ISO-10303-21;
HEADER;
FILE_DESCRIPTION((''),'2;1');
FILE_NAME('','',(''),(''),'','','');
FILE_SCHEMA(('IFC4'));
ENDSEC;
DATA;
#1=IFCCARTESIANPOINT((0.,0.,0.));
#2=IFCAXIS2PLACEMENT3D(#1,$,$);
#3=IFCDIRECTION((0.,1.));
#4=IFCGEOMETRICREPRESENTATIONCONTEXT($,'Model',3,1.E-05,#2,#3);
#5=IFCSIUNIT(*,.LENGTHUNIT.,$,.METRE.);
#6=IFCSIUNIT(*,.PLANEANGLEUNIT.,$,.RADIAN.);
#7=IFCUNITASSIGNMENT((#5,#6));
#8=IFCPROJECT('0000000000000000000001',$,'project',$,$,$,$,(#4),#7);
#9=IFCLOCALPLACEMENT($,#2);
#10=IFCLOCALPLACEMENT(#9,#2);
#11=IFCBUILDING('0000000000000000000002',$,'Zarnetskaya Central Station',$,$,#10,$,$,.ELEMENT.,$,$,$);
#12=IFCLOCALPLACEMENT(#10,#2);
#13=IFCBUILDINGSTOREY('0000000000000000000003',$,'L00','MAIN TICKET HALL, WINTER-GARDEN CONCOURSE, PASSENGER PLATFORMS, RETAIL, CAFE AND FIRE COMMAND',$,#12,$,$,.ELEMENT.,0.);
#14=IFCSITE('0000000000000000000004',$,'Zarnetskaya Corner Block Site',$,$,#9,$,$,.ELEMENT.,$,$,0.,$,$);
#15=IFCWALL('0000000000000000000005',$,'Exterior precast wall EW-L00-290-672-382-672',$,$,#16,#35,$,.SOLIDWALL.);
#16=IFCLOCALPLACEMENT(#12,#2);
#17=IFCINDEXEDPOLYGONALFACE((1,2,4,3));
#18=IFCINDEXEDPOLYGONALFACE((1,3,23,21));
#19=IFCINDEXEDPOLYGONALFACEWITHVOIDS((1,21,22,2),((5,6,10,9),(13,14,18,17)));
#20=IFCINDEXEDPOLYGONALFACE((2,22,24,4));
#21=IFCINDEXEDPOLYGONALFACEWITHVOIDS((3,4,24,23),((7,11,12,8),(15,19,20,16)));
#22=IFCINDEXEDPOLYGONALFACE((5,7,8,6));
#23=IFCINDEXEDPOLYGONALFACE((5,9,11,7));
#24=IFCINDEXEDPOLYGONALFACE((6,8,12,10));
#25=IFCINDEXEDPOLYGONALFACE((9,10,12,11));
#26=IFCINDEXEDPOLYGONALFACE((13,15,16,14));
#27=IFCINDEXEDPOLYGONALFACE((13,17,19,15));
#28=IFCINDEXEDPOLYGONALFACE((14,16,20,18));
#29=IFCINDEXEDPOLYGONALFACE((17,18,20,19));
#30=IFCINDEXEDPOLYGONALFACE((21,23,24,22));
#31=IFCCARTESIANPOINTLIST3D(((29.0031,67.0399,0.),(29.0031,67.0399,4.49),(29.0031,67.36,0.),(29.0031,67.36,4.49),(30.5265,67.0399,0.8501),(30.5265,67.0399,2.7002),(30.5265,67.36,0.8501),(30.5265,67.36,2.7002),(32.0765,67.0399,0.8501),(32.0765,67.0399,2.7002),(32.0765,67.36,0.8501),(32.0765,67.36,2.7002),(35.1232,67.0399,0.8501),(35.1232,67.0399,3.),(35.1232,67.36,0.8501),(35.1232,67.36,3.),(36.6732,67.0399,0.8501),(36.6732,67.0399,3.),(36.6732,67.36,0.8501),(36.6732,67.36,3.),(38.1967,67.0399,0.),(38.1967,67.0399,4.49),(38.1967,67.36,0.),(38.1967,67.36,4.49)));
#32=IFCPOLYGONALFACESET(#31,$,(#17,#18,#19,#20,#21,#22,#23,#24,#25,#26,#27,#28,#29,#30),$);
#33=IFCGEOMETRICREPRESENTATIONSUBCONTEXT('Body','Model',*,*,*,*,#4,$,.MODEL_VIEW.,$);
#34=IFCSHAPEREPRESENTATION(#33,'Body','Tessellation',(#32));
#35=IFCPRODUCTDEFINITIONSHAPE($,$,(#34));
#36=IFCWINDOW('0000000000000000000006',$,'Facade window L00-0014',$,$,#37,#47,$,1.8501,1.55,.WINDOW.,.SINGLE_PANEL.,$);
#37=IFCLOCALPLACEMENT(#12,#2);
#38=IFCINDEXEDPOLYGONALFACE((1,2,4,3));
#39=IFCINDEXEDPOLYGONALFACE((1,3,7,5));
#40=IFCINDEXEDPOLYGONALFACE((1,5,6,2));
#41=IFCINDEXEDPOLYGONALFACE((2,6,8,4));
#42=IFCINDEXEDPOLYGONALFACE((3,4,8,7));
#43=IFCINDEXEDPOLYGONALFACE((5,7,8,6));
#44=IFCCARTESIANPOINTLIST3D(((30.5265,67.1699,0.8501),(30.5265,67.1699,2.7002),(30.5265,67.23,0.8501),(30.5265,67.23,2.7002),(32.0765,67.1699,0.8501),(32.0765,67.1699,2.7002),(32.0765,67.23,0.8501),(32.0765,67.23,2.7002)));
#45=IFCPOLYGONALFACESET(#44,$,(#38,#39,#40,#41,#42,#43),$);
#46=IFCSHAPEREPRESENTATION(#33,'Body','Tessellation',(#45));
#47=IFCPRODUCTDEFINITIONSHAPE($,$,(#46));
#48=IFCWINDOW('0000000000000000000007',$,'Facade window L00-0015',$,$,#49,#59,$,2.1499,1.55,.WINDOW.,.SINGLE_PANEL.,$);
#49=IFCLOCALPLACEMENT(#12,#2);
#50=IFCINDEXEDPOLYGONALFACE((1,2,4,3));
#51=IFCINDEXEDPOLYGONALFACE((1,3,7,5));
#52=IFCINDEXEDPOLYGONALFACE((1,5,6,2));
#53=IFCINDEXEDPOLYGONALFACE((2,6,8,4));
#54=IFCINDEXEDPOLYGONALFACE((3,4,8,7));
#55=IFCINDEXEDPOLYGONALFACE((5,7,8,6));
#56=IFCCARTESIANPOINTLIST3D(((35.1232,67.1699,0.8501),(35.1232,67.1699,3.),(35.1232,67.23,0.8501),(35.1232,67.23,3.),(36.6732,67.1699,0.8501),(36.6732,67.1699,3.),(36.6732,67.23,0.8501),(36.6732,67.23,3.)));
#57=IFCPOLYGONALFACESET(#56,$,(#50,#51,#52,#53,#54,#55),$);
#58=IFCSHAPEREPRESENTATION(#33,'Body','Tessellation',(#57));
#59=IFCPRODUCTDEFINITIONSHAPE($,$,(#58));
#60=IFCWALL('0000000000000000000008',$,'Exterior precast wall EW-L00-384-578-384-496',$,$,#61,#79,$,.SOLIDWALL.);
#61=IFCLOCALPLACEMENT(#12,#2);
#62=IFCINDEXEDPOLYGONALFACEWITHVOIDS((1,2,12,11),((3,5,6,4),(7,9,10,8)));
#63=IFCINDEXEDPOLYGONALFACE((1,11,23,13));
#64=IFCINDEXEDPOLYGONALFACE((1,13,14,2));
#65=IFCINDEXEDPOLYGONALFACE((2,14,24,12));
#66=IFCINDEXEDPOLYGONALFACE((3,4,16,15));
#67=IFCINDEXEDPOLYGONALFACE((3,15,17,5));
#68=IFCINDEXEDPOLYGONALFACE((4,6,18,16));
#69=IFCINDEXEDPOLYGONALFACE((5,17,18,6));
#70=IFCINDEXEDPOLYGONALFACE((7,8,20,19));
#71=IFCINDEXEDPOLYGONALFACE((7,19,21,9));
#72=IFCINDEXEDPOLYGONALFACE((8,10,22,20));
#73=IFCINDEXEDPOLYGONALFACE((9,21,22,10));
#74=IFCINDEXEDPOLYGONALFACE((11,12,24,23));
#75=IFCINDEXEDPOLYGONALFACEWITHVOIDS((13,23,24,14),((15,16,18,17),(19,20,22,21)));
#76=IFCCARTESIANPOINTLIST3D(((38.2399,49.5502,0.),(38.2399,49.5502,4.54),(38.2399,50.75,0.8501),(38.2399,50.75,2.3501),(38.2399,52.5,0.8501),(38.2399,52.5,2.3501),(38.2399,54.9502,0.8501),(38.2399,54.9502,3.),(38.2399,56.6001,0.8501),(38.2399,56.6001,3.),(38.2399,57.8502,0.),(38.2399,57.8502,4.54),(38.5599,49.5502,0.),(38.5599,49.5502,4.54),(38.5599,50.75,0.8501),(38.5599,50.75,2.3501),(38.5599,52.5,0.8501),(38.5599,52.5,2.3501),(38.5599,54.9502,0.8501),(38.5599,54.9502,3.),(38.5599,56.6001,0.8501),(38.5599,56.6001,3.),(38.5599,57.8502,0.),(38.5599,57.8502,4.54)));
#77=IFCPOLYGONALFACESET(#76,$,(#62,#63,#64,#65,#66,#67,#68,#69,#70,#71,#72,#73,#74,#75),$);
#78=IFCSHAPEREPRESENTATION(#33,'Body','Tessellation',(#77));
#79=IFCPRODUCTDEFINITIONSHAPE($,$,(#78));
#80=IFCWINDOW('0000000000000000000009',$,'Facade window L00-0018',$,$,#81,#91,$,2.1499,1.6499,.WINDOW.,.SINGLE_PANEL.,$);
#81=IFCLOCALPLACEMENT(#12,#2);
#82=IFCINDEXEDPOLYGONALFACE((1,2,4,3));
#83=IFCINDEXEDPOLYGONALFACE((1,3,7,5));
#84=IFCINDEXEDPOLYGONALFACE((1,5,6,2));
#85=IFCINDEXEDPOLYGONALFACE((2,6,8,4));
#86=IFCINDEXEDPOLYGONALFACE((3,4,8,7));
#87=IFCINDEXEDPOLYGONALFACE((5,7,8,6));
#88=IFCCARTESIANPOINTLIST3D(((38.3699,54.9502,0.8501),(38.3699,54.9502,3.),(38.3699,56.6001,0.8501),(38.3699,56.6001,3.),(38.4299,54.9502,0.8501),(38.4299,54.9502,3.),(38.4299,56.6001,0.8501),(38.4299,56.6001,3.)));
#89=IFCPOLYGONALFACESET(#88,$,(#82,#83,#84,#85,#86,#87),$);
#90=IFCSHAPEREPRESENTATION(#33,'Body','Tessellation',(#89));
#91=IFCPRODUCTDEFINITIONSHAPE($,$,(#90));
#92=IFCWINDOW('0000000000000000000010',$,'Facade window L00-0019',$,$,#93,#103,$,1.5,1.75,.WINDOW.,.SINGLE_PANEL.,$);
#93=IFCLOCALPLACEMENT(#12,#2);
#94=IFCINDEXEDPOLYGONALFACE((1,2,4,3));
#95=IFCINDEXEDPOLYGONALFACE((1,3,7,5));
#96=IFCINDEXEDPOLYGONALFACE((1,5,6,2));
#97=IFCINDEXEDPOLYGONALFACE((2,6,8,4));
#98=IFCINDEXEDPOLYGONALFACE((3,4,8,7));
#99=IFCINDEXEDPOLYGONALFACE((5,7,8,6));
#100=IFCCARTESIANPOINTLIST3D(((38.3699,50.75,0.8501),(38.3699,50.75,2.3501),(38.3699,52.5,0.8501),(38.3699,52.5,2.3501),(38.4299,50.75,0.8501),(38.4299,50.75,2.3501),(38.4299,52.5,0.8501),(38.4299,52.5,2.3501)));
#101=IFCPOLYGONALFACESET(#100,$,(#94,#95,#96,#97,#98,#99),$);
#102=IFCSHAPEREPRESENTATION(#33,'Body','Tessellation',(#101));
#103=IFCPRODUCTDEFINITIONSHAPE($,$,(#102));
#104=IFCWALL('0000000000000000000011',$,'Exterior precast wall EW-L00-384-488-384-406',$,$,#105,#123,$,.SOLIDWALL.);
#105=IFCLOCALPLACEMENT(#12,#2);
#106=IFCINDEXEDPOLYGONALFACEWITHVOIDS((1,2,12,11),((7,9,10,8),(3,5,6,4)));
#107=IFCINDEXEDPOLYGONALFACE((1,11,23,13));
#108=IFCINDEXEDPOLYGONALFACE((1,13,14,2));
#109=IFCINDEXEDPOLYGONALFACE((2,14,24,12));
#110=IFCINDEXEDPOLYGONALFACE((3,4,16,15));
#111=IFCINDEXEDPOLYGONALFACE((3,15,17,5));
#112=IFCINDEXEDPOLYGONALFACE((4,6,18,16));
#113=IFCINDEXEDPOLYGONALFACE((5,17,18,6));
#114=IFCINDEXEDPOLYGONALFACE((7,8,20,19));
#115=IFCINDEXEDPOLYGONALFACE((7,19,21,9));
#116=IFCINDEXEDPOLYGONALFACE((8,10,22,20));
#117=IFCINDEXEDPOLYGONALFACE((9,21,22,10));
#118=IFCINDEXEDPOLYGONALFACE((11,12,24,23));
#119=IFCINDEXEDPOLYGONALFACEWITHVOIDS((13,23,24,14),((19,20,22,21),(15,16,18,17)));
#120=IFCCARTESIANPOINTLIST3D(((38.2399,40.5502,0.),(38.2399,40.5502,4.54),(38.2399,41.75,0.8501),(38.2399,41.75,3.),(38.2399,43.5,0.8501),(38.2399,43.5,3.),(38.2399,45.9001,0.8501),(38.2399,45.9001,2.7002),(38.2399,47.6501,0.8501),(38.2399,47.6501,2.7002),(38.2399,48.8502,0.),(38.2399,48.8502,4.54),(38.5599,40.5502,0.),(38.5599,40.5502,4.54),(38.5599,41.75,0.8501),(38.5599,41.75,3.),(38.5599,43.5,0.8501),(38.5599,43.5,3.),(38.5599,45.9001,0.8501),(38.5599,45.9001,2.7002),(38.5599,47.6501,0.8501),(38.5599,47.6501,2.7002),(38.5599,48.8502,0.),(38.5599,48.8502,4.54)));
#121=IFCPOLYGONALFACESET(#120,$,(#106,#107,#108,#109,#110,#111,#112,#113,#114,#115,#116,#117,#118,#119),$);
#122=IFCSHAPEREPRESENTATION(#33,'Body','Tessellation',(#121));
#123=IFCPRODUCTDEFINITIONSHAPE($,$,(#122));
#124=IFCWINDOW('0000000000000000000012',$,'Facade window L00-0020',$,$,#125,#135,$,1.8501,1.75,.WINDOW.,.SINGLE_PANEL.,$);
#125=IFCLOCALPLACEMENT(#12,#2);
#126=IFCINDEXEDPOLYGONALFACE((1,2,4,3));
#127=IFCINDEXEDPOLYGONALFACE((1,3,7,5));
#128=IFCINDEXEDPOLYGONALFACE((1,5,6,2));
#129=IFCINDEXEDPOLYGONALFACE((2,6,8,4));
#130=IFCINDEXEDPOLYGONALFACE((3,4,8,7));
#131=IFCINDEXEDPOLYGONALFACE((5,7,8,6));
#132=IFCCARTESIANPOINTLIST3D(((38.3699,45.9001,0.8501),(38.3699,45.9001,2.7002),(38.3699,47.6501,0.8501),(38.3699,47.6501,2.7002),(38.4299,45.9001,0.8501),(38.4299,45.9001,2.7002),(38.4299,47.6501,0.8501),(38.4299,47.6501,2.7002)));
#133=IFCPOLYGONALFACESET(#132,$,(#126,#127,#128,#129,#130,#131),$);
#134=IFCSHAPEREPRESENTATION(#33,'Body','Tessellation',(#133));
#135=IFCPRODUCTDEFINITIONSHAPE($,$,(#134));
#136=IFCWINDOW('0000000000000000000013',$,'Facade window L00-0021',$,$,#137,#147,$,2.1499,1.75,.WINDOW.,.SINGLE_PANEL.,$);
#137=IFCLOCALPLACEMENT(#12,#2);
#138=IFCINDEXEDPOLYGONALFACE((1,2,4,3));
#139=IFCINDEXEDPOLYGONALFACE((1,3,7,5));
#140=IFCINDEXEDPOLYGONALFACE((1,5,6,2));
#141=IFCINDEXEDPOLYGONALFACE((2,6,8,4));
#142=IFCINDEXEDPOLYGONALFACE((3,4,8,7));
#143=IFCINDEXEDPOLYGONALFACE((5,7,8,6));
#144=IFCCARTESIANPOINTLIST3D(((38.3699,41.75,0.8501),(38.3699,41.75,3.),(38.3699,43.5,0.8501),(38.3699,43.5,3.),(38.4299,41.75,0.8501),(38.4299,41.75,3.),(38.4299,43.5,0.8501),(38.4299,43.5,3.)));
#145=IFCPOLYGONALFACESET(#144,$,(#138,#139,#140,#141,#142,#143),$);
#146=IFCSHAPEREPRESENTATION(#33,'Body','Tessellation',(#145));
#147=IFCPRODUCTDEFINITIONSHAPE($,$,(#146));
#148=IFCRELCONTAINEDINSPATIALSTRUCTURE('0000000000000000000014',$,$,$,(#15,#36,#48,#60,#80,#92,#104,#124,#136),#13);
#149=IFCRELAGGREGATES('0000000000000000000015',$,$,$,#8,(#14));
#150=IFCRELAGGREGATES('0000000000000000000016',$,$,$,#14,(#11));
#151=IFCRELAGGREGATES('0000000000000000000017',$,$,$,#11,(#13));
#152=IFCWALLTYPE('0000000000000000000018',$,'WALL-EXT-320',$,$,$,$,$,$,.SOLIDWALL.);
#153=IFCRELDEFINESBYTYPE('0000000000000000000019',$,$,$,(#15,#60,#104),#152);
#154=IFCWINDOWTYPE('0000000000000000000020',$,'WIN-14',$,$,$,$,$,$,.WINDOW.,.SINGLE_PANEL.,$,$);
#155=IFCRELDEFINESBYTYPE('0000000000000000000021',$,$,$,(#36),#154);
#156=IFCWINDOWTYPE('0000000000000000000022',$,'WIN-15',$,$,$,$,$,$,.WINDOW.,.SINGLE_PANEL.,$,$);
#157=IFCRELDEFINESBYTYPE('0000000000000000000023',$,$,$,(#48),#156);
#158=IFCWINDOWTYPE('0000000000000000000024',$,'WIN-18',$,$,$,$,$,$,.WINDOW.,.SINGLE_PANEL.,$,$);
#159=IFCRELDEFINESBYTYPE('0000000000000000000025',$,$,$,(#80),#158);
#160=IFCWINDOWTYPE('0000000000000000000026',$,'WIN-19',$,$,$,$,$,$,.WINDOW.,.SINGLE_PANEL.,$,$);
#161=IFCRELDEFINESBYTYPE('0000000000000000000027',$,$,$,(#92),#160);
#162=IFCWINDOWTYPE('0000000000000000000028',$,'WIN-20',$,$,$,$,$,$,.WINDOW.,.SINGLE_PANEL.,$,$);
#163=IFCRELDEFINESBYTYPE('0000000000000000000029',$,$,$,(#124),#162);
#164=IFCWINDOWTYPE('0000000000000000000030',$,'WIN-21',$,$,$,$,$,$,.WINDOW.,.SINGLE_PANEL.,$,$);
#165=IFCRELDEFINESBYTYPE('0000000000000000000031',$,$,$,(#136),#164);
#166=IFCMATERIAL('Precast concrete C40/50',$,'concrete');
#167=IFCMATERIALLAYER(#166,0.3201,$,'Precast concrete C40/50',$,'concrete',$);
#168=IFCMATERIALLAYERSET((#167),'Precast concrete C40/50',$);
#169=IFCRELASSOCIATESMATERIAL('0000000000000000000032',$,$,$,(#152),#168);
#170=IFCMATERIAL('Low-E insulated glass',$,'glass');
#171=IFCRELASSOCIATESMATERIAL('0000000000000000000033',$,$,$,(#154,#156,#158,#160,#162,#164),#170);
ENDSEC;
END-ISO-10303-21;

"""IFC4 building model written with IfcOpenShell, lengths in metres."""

from ifc_helpers import new_model, si_unit, direction, frame, frame_2d, origin, place, context, subcontext, project, spatial, rectangle, extrude, material, layer, layer_set, type_object, element, fill, save


model = new_model("IFC4")

# Units and contexts
model_context = context("Model", 3, precision=1e-05, world=origin(), true_north=direction((0.0, 1.0)))
body_context = subcontext(model_context, "Body", "Model", "MODEL_VIEW")
ifc_project = project(units=[si_unit("LENGTHUNIT", "METRE"), si_unit("PLANEANGLEUNIT", "RADIAN")], contexts=[model_context])

# Site, building, storey
site_placement = place(None, origin())
site = spatial("IfcSite", under=ifc_project, at=site_placement, Name="Zarnetskaya Corner Block Site", CompositionType="ELEMENT", RefElevation=0.0)
building_placement = place(site_placement, origin())
building = spatial("IfcBuilding", under=site, at=building_placement, Name="Zarnetskaya Central Station", CompositionType="ELEMENT")
storey_placement = place(building_placement, origin())
storey = spatial("IfcBuildingStorey", under=building, at=storey_placement, Name="L00", Description="MAIN TICKET HALL, WINTER-GARDEN CONCOURSE, PASSENGER PLATFORMS, RETAIL, CAFE AND FIRE COMMAND", CompositionType="ELEMENT", Elevation=0.0)

# Walls, openings, windows
ifc_material_1 = material(Name="Precast concrete C40/50", Category="concrete")
ifc_layer = layer(ifc_material_1, 0.3201, Name="Precast concrete C40/50", Category="concrete")
ifc_layer_set = layer_set([ifc_layer], Name="Precast concrete C40/50")
wall_type = type_object("IfcWallType", Name="WALL-EXT-320", PredefinedType="SOLIDWALL", material=ifc_layer_set)
wall_1_placement = place(storey_placement, frame((29.0032, 67.2, 0.0), z_axis=(0.0, 0.0, 1.0), x_axis=(1.0, 0.0, 0.0)))
wall_1 = element("IfcWall", 1, at=wall_1_placement, inside=storey, type_object=wall_type, Name="Exterior precast wall EW-L00-290-672-382-672", PredefinedType="SOLIDWALL", context=body_context, shape_type="SweptSolid", body=[
    extrude(rectangle(XDim=9.1936, YDim=0.3201, at=frame_2d((4.5967, 0.0))), origin(), (0.0, 0.0, 1.0), 4.49),
])
opening_1_placement = place(wall_1_placement, frame((1.5234, 0.0, 0.8501)))
opening_1 = element("IfcOpeningElement", 2, at=opening_1_placement, cuts=wall_1, PredefinedType="OPENING", context=body_context, shape_type="SweptSolid", body=[
    extrude(rectangle(XDim=1.55, YDim=1.8501, at=frame_2d((0.7749, 0.925))), frame((0.0, 0.1699, 0.0), z_axis=(0.0, -1.0, 0.0), x_axis=(1.0, 0.0, 0.0)), (0.0, 0.0, 1.0), 0.3401),
])
opening_2_placement = place(wall_1_placement, frame((6.1201, 0.0, 0.8501)))
opening_2 = element("IfcOpeningElement", 3, at=opening_2_placement, cuts=wall_1, PredefinedType="OPENING", context=body_context, shape_type="SweptSolid", body=[
    extrude(rectangle(XDim=1.55, YDim=2.1499, at=frame_2d((0.7749, 1.075))), frame((0.0, 0.1699, 0.0), z_axis=(0.0, -1.0, 0.0), x_axis=(1.0, 0.0, 0.0)), (0.0, 0.0, 1.0), 0.3401),
])
ifc_material_2 = material(Name="Low-E insulated glass", Category="glass")
window_type_1 = type_object("IfcWindowType", Name="WIN-14", PartitioningType="SINGLE_PANEL", PredefinedType="WINDOW", material=ifc_material_2)
window_1_placement = place(opening_1_placement, origin())
window_1 = element("IfcWindow", 4, at=window_1_placement, inside=storey, type_object=window_type_1, Name="Facade window L00-0014", OverallHeight=1.8501, OverallWidth=1.55, PartitioningType="SINGLE_PANEL", PredefinedType="WINDOW", context=body_context, shape_type="SweptSolid", body=[
    extrude(rectangle(XDim=1.55, YDim=1.8501, at=frame_2d((0.7749, 0.925))), frame((0.0, 0.03, 0.0), z_axis=(0.0, -1.0, 0.0), x_axis=(1.0, 0.0, 0.0)), (0.0, 0.0, 1.0), 0.0601),
])
fill(opening_1, window_1)
window_type_2 = type_object("IfcWindowType", Name="WIN-15", PartitioningType="SINGLE_PANEL", PredefinedType="WINDOW", material=ifc_material_2)
window_2_placement = place(opening_2_placement, origin())
window_2 = element("IfcWindow", 5, at=window_2_placement, inside=storey, type_object=window_type_2, Name="Facade window L00-0015", OverallHeight=2.1499, OverallWidth=1.55, PartitioningType="SINGLE_PANEL", PredefinedType="WINDOW", context=body_context, shape_type="SweptSolid", body=[
    extrude(rectangle(XDim=1.55, YDim=2.1499, at=frame_2d((0.7749, 1.075))), frame((0.0, 0.03, 0.0), z_axis=(0.0, -1.0, 0.0), x_axis=(1.0, 0.0, 0.0)), (0.0, 0.0, 1.0), 0.0601),
])
fill(opening_2, window_2)
wall_2_placement = place(storey_placement, frame((38.3999, 57.8501, 0.0), z_axis=(0.0, 0.0, 1.0), x_axis=(0.0, -1.0, 0.0)))
wall_2 = element("IfcWall", 6, at=wall_2_placement, inside=storey, type_object=wall_type, Name="Exterior precast wall EW-L00-384-578-384-496", PredefinedType="SOLIDWALL", context=body_context, shape_type="SweptSolid", body=[
    extrude(rectangle(XDim=8.3, YDim=0.3201, at=frame_2d((4.1499, 0.0))), origin(), (0.0, 0.0, 1.0), 4.54),
])
opening_3_placement = place(wall_2_placement, frame((1.25, 0.0, 0.8501)))
opening_3 = element("IfcOpeningElement", 7, at=opening_3_placement, cuts=wall_2, PredefinedType="OPENING", context=body_context, shape_type="SweptSolid", body=[
    extrude(rectangle(XDim=1.6499, YDim=2.1499, at=frame_2d((0.825, 1.075))), frame((0.0, 0.1699, 0.0), z_axis=(0.0, -1.0, 0.0), x_axis=(1.0, 0.0, 0.0)), (0.0, 0.0, 1.0), 0.3401),
])
opening_4_placement = place(wall_2_placement, frame((5.3501, 0.0, 0.8501)))
opening_4 = element("IfcOpeningElement", 8, at=opening_4_placement, cuts=wall_2, PredefinedType="OPENING", context=body_context, shape_type="SweptSolid", body=[
    extrude(rectangle(XDim=1.75, YDim=1.5, at=frame_2d((0.875, 0.75))), frame((0.0, 0.1699, 0.0), z_axis=(0.0, -1.0, 0.0), x_axis=(1.0, 0.0, 0.0)), (0.0, 0.0, 1.0), 0.3401),
])
window_type_3 = type_object("IfcWindowType", Name="WIN-18", PartitioningType="SINGLE_PANEL", PredefinedType="WINDOW", material=ifc_material_2)
window_3_placement = place(opening_3_placement, origin())
window_3 = element("IfcWindow", 9, at=window_3_placement, inside=storey, type_object=window_type_3, Name="Facade window L00-0018", OverallHeight=2.1499, OverallWidth=1.6499, PartitioningType="SINGLE_PANEL", PredefinedType="WINDOW", context=body_context, shape_type="SweptSolid", body=[
    extrude(rectangle(XDim=1.6499, YDim=2.1499, at=frame_2d((0.825, 1.075))), frame((0.0, 0.03, 0.0), z_axis=(0.0, -1.0, 0.0), x_axis=(1.0, 0.0, 0.0)), (0.0, 0.0, 1.0), 0.0601),
])
fill(opening_3, window_3)
window_type_4 = type_object("IfcWindowType", Name="WIN-19", PartitioningType="SINGLE_PANEL", PredefinedType="WINDOW", material=ifc_material_2)
window_4_placement = place(opening_4_placement, origin())
window_4 = element("IfcWindow", 10, at=window_4_placement, inside=storey, type_object=window_type_4, Name="Facade window L00-0019", OverallHeight=1.5, OverallWidth=1.75, PartitioningType="SINGLE_PANEL", PredefinedType="WINDOW", context=body_context, shape_type="SweptSolid", body=[
    extrude(rectangle(XDim=1.75, YDim=1.5, at=frame_2d((0.875, 0.75))), frame((0.0, 0.03, 0.0), z_axis=(0.0, -1.0, 0.0), x_axis=(1.0, 0.0, 0.0)), (0.0, 0.0, 1.0), 0.0601),
])
fill(opening_4, window_4)
wall_3_placement = place(storey_placement, frame((38.3999, 48.8501, 0.0), z_axis=(0.0, 0.0, 1.0), x_axis=(0.0, -1.0, 0.0)))
wall_3 = element("IfcWall", 11, at=wall_3_placement, inside=storey, type_object=wall_type, Name="Exterior precast wall EW-L00-384-488-384-406", PredefinedType="SOLIDWALL", context=body_context, shape_type="SweptSolid", body=[
    extrude(rectangle(XDim=8.3, YDim=0.3201, at=frame_2d((4.1499, 0.0))), origin(), (0.0, 0.0, 1.0), 4.54),
])
opening_5_placement = place(wall_3_placement, frame((1.2, 0.0, 0.8501)))
opening_5 = element("IfcOpeningElement", 12, at=opening_5_placement, cuts=wall_3, PredefinedType="OPENING", context=body_context, shape_type="SweptSolid", body=[
    extrude(rectangle(XDim=1.75, YDim=1.8501, at=frame_2d((0.875, 0.925))), frame((0.0, 0.1699, 0.0), z_axis=(0.0, -1.0, 0.0), x_axis=(1.0, 0.0, 0.0)), (0.0, 0.0, 1.0), 0.3401),
])
opening_6_placement = place(wall_3_placement, frame((5.3501, 0.0, 0.8501)))
opening_6 = element("IfcOpeningElement", 13, at=opening_6_placement, cuts=wall_3, PredefinedType="OPENING", context=body_context, shape_type="SweptSolid", body=[
    extrude(rectangle(XDim=1.75, YDim=2.1499, at=frame_2d((0.875, 1.075))), frame((0.0, 0.1699, 0.0), z_axis=(0.0, -1.0, 0.0), x_axis=(1.0, 0.0, 0.0)), (0.0, 0.0, 1.0), 0.3401),
])
window_type_5 = type_object("IfcWindowType", Name="WIN-20", PartitioningType="SINGLE_PANEL", PredefinedType="WINDOW", material=ifc_material_2)
window_5_placement = place(opening_5_placement, origin())
window_5 = element("IfcWindow", 14, at=window_5_placement, inside=storey, type_object=window_type_5, Name="Facade window L00-0020", OverallHeight=1.8501, OverallWidth=1.75, PartitioningType="SINGLE_PANEL", PredefinedType="WINDOW", context=body_context, shape_type="SweptSolid", body=[
    extrude(rectangle(XDim=1.75, YDim=1.8501, at=frame_2d((0.875, 0.925))), frame((0.0, 0.03, 0.0), z_axis=(0.0, -1.0, 0.0), x_axis=(1.0, 0.0, 0.0)), (0.0, 0.0, 1.0), 0.0601),
])
fill(opening_5, window_5)
window_type_6 = type_object("IfcWindowType", Name="WIN-21", PartitioningType="SINGLE_PANEL", PredefinedType="WINDOW", material=ifc_material_2)
window_6_placement = place(opening_6_placement, origin())
window_6 = element("IfcWindow", 15, at=window_6_placement, inside=storey, type_object=window_type_6, Name="Facade window L00-0021", OverallHeight=2.1499, OverallWidth=1.75, PartitioningType="SINGLE_PANEL", PredefinedType="WINDOW", context=body_context, shape_type="SweptSolid", body=[
    extrude(rectangle(XDim=1.75, YDim=2.1499, at=frame_2d((0.875, 1.075))), frame((0.0, 0.03, 0.0), z_axis=(0.0, -1.0, 0.0), x_axis=(1.0, 0.0, 0.0)), (0.0, 0.0, 1.0), 0.0601),
])
fill(opening_6, window_6)

save(model, "model.ifc")
